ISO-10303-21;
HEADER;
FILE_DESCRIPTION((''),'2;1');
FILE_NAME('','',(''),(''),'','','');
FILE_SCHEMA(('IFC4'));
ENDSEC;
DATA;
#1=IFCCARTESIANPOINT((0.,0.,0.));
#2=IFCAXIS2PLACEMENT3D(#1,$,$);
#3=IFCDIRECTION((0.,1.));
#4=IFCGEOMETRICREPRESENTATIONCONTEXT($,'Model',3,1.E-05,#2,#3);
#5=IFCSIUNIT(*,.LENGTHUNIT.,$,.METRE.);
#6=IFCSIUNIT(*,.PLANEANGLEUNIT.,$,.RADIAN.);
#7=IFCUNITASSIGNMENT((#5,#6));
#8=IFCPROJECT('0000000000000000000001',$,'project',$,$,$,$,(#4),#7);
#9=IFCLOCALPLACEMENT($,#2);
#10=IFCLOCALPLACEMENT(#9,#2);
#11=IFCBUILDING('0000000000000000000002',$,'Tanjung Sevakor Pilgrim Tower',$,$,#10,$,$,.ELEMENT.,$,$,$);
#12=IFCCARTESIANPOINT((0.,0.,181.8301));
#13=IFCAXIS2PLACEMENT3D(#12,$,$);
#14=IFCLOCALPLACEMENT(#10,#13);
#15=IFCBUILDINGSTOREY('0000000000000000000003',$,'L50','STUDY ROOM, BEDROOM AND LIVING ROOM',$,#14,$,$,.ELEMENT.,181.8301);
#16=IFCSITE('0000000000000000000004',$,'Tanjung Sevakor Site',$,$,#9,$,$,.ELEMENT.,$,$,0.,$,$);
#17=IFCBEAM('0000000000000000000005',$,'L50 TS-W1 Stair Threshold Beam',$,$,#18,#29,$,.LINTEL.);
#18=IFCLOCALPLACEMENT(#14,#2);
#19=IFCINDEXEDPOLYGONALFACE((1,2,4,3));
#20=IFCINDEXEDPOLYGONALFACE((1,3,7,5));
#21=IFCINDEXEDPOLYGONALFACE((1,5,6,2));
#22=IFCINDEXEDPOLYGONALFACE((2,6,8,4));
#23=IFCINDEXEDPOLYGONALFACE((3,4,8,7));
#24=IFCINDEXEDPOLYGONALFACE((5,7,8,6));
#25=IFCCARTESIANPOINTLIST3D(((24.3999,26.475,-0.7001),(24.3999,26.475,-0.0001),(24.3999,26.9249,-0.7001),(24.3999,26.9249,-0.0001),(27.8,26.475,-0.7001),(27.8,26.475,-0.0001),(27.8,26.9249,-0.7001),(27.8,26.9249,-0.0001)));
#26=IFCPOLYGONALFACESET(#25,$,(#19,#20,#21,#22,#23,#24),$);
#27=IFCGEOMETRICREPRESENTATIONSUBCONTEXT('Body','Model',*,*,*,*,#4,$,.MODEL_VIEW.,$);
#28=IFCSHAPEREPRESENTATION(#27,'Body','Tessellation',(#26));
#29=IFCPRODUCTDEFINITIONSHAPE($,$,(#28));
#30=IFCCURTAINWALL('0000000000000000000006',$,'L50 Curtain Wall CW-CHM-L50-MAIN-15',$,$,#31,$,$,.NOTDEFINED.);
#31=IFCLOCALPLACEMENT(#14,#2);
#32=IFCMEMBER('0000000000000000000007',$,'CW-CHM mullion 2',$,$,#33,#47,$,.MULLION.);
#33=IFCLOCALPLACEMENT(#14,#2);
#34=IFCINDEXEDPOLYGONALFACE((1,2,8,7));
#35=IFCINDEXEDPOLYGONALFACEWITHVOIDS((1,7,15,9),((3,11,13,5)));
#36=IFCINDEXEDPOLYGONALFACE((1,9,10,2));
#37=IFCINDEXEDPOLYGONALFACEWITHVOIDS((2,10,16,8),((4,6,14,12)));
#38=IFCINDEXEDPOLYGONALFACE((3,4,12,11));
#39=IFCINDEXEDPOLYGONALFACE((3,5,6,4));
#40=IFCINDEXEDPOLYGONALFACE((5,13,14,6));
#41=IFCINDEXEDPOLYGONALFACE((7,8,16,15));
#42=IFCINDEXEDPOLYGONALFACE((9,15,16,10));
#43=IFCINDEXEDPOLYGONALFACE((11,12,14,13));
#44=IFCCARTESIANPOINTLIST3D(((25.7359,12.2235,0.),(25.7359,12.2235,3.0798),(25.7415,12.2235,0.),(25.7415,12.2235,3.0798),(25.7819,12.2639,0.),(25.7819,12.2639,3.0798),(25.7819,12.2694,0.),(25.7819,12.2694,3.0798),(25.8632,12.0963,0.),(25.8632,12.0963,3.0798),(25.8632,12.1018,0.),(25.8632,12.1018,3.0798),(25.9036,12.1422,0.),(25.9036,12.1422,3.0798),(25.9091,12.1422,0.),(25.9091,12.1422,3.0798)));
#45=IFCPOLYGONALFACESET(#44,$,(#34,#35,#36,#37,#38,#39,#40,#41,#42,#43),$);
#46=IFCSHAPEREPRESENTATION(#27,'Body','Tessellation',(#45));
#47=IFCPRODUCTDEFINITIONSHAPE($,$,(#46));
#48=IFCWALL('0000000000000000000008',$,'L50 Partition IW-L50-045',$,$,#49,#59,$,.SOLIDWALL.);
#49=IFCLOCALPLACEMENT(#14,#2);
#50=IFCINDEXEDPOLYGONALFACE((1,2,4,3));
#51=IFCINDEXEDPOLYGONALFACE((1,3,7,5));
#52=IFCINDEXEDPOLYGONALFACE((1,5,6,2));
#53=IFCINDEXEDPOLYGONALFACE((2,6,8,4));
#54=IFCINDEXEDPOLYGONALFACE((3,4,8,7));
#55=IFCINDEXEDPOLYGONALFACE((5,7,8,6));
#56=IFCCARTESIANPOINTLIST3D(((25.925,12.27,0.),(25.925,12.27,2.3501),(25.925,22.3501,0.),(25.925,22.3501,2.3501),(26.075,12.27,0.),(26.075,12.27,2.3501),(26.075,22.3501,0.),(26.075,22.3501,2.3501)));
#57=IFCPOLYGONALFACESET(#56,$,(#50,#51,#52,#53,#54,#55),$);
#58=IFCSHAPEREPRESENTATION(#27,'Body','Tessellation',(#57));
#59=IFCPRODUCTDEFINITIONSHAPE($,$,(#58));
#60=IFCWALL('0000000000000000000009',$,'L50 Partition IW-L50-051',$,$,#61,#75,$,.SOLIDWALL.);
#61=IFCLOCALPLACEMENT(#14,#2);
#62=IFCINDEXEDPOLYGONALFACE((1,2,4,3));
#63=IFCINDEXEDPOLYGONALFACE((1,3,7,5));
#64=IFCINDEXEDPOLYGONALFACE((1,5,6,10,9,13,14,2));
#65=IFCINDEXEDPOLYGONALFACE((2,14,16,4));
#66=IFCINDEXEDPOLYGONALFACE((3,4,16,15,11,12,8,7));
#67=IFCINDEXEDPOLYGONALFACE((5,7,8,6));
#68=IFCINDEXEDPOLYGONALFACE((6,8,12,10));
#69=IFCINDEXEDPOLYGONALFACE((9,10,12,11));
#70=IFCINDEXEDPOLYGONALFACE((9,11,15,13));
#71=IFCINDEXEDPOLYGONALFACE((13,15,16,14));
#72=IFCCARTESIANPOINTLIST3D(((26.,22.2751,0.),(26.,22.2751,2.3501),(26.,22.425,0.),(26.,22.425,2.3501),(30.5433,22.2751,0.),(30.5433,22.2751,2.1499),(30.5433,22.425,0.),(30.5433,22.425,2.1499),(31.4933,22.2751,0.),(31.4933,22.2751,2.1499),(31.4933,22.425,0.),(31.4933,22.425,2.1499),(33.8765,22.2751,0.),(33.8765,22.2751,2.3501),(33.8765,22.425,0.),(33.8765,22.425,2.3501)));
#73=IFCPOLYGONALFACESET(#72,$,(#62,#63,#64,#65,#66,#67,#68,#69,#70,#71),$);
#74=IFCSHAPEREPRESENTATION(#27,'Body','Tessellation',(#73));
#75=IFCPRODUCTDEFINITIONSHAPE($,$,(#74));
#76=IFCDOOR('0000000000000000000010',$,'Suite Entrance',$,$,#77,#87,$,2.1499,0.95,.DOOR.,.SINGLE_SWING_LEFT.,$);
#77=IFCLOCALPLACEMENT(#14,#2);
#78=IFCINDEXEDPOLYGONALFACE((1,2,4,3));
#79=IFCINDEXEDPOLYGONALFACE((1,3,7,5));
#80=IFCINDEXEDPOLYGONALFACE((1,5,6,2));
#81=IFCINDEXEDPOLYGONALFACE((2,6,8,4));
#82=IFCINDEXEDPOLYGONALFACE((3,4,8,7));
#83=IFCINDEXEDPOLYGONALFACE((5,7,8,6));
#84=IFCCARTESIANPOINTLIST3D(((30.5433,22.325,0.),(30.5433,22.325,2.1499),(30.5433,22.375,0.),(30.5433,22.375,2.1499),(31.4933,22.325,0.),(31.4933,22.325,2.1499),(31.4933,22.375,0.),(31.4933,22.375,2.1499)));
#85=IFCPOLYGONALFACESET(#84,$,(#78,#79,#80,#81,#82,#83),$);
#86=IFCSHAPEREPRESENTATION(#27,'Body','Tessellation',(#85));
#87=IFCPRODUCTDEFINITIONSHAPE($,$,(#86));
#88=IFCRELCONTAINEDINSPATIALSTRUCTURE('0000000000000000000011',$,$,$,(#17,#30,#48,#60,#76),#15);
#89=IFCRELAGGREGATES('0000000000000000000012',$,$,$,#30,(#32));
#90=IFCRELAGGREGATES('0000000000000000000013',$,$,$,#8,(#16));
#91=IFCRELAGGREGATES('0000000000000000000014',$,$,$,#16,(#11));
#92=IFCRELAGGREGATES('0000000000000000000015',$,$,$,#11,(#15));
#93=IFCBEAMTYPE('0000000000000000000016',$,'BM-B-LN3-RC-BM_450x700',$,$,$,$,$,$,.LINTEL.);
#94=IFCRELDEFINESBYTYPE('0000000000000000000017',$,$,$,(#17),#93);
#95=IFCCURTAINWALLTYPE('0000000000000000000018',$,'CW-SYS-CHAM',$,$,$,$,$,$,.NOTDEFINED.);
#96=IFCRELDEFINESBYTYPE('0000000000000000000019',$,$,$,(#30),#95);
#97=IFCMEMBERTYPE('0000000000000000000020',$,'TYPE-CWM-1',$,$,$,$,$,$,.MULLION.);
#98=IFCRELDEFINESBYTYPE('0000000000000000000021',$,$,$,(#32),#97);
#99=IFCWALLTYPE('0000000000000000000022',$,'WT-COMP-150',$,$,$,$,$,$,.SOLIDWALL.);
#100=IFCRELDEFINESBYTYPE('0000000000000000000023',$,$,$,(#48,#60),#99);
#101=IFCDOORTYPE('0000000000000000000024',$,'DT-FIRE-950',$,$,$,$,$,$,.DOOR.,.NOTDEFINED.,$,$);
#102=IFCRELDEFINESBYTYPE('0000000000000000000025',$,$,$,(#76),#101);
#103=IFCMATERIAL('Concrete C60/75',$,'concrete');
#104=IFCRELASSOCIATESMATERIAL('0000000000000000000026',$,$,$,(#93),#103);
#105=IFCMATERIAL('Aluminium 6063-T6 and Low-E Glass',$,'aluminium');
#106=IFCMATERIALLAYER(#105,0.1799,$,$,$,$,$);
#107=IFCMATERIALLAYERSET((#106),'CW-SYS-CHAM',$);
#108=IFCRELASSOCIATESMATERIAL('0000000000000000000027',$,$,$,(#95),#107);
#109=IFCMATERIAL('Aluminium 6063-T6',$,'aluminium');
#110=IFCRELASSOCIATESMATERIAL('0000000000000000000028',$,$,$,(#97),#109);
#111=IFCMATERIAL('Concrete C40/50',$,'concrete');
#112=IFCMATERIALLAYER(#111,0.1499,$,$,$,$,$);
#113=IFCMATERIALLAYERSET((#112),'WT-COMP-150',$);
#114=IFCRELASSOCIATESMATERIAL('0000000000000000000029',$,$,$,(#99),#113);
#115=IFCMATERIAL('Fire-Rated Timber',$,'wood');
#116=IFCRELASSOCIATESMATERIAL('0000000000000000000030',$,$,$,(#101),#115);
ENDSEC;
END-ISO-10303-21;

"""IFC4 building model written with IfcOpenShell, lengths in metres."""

from ifc_helpers import new_model, si_unit, direction, frame, frame_2d, origin, origin_2d, place, context, subcontext, project, spatial, rectangle, hollow_rectangle, extrude, material, layer, layer_set, material_profile, profile_set, type_object, element, fill, aggregate, save


model = new_model("IFC4")

# Units and contexts
model_context = context("Model", 3, precision=1e-05, world=origin(), true_north=direction((0.0, 1.0)))
body_context = subcontext(model_context, "Body", "Model", "MODEL_VIEW")
ifc_project = project(units=[si_unit("LENGTHUNIT", "METRE"), si_unit("PLANEANGLEUNIT", "RADIAN")], contexts=[model_context])

# Site, building, storey
site_placement = place(None, origin())
site = spatial("IfcSite", under=ifc_project, at=site_placement, Name="Tanjung Sevakor Site", CompositionType="ELEMENT", RefElevation=0.0)
building_placement = place(site_placement, origin())
building = spatial("IfcBuilding", under=site, at=building_placement, Name="Tanjung Sevakor Pilgrim Tower", CompositionType="ELEMENT")
storey_placement = place(building_placement, frame((0.0, 0.0, 181.8301)))
storey = spatial("IfcBuildingStorey", under=building, at=storey_placement, Name="L50", Description="STUDY ROOM, BEDROOM AND LIVING ROOM", CompositionType="ELEMENT", Elevation=181.8301)

# Beam
ifc_material_1 = material(Name="Concrete C60/75", Category="concrete")
ifc_material_profile_1 = material_profile(ifc_material_1, rectangle(XDim=0.45, YDim=0.7, at=origin_2d()))
ifc_profile_set_1 = profile_set([ifc_material_profile_1], Name="Concrete C60/75")
beam_type = type_object("IfcBeamType", Name="BM-B-LN3-RC-BM_450x700", PredefinedType="LINTEL", material=ifc_profile_set_1)
beam_placement = place(storey_placement, frame((24.3999, 26.7, -0.3501), z_axis=(1.0, 0.0, 0.0), x_axis=(0.0, 1.0, 0.0)))
element("IfcBeam", 1, at=beam_placement, inside=storey, type_object=beam_type, Name="L50 TS-W1 Stair Threshold Beam", PredefinedType="LINTEL", context=body_context, shape_type="SweptSolid", body=[
    extrude(rectangle(XDim=0.45, YDim=0.7, at=origin_2d()), origin(), (0.0, 0.0, 1.0), 3.4001),
])

# Curtain wall, member
ifc_material_2 = material(Name="Aluminium 6063-T6 and Low-E Glass", Category="aluminium")
ifc_layer_1 = layer(ifc_material_2, 0.1799)
ifc_layer_set_1 = layer_set([ifc_layer_1], Name="CW-SYS-CHAM")
curtain_wall_type = type_object("IfcCurtainWallType", Name="CW-SYS-CHAM", PredefinedType="NOTDEFINED", material=ifc_layer_set_1)
curtain_wall_placement = place(storey_placement, origin())
curtain_wall = element("IfcCurtainWall", 2, at=curtain_wall_placement, inside=storey, type_object=curtain_wall_type, Name="L50 Curtain Wall CW-CHM-L50-MAIN-15", PredefinedType="NOTDEFINED")
ifc_material_3 = material(Name="Aluminium 6063-T6", Category="aluminium")
ifc_material_profile_2 = material_profile(ifc_material_3, hollow_rectangle(XDim=0.0649, YDim=0.1799, WallThickness=0.0039, at=origin_2d()))
ifc_profile_set_2 = profile_set([ifc_material_profile_2], Name="Aluminium 6063-T6")
member_type = type_object("IfcMemberType", Name="TYPE-CWM-1", PredefinedType="MULLION", material=ifc_profile_set_2)
member_placement = place(storey_placement, frame((25.8225, 12.1829, 0.0), z_axis=(0.0, 0.0, 1.0), x_axis=(0.707107, 0.707107, 0.0)))
member = element("IfcMember", 3, at=member_placement, type_object=member_type, Name="CW-CHM mullion 2", PredefinedType="MULLION", context=body_context, shape_type="SweptSolid", body=[
    extrude(hollow_rectangle(XDim=0.0649, YDim=0.1799, WallThickness=0.0039, at=origin_2d()), origin(), (0.0, 0.0, 1.0), 3.0798),
])
aggregate(curtain_wall, [member])

# Wall
ifc_material_4 = material(Name="Concrete C40/50", Category="concrete")
ifc_layer_2 = layer(ifc_material_4, 0.1499)
ifc_layer_set_2 = layer_set([ifc_layer_2], Name="WT-COMP-150")
wall_type_1 = type_object("IfcWallType", Name="WT-COMP-150", PredefinedType="SOLIDWALL", material=ifc_layer_set_2)
wall_1_placement = place(storey_placement, frame((26.0, 12.27, 0.0), z_axis=(0.0, 0.0, 1.0), x_axis=(0.0, 1.0, 0.0)))
element("IfcWall", 4, at=wall_1_placement, inside=storey, type_object=wall_type_1, Name="L50 Partition IW-L50-045", PredefinedType="SOLIDWALL", context=body_context, shape_type="SweptSolid", body=[
    extrude(rectangle(XDim=10.0801, YDim=0.1499, at=frame_2d((5.04, 0.0))), origin(), (0.0, 0.0, 1.0), 2.3501),
])

# Wall, opening, door
wall_2_placement = place(storey_placement, frame((26.0, 22.3501, 0.0), z_axis=(0.0, 0.0, 1.0), x_axis=(1.0, 0.0, 0.0)))
wall_2 = element("IfcWall", 5, at=wall_2_placement, inside=storey, type_object=wall_type_1, Name="L50 Partition IW-L50-051", PredefinedType="SOLIDWALL", context=body_context, shape_type="SweptSolid", body=[
    extrude(rectangle(XDim=7.8765, YDim=0.1499, at=frame_2d((3.9382, 0.0))), origin(), (0.0, 0.0, 1.0), 2.3501),
])
opening_1_placement = place(wall_2_placement, frame((4.5432, 0.0, 0.0)))
opening_1 = element("IfcOpeningElement", 6, at=opening_1_placement, cuts=wall_2, PredefinedType="OPENING", context=body_context, shape_type="SweptSolid", body=[
    extrude(rectangle(XDim=0.95, YDim=2.1499, at=frame_2d((0.4751, 1.075))), frame((0.0, 0.085, 0.0), z_axis=(0.0, -1.0, 0.0), x_axis=(1.0, 0.0, 0.0)), (0.0, 0.0, 1.0), 0.1699),
])
ifc_material_5 = material(Name="Fire-Rated Timber", Category="wood")
door_type_1 = type_object("IfcDoorType", Name="DT-FIRE-950", OperationType="NOTDEFINED", PredefinedType="DOOR", material=ifc_material_5)
door_1_placement = place(opening_1_placement, origin())
door_1 = element("IfcDoor", 7, at=door_1_placement, inside=storey, type_object=door_type_1, Name="Suite Entrance", OperationType="SINGLE_SWING_LEFT", OverallHeight=2.1499, OverallWidth=0.95, PredefinedType="DOOR", context=body_context, shape_type="SweptSolid", body=[
    extrude(rectangle(XDim=0.95, YDim=2.1499, at=frame_2d((0.4751, 1.075))), frame((0.0, 0.0249, 0.0), z_axis=(0.0, -1.0, 0.0), x_axis=(1.0, 0.0, 0.0)), (0.0, 0.0, 1.0), 0.05),
])
fill(opening_1, door_1)

save(model, "model.ifc")
